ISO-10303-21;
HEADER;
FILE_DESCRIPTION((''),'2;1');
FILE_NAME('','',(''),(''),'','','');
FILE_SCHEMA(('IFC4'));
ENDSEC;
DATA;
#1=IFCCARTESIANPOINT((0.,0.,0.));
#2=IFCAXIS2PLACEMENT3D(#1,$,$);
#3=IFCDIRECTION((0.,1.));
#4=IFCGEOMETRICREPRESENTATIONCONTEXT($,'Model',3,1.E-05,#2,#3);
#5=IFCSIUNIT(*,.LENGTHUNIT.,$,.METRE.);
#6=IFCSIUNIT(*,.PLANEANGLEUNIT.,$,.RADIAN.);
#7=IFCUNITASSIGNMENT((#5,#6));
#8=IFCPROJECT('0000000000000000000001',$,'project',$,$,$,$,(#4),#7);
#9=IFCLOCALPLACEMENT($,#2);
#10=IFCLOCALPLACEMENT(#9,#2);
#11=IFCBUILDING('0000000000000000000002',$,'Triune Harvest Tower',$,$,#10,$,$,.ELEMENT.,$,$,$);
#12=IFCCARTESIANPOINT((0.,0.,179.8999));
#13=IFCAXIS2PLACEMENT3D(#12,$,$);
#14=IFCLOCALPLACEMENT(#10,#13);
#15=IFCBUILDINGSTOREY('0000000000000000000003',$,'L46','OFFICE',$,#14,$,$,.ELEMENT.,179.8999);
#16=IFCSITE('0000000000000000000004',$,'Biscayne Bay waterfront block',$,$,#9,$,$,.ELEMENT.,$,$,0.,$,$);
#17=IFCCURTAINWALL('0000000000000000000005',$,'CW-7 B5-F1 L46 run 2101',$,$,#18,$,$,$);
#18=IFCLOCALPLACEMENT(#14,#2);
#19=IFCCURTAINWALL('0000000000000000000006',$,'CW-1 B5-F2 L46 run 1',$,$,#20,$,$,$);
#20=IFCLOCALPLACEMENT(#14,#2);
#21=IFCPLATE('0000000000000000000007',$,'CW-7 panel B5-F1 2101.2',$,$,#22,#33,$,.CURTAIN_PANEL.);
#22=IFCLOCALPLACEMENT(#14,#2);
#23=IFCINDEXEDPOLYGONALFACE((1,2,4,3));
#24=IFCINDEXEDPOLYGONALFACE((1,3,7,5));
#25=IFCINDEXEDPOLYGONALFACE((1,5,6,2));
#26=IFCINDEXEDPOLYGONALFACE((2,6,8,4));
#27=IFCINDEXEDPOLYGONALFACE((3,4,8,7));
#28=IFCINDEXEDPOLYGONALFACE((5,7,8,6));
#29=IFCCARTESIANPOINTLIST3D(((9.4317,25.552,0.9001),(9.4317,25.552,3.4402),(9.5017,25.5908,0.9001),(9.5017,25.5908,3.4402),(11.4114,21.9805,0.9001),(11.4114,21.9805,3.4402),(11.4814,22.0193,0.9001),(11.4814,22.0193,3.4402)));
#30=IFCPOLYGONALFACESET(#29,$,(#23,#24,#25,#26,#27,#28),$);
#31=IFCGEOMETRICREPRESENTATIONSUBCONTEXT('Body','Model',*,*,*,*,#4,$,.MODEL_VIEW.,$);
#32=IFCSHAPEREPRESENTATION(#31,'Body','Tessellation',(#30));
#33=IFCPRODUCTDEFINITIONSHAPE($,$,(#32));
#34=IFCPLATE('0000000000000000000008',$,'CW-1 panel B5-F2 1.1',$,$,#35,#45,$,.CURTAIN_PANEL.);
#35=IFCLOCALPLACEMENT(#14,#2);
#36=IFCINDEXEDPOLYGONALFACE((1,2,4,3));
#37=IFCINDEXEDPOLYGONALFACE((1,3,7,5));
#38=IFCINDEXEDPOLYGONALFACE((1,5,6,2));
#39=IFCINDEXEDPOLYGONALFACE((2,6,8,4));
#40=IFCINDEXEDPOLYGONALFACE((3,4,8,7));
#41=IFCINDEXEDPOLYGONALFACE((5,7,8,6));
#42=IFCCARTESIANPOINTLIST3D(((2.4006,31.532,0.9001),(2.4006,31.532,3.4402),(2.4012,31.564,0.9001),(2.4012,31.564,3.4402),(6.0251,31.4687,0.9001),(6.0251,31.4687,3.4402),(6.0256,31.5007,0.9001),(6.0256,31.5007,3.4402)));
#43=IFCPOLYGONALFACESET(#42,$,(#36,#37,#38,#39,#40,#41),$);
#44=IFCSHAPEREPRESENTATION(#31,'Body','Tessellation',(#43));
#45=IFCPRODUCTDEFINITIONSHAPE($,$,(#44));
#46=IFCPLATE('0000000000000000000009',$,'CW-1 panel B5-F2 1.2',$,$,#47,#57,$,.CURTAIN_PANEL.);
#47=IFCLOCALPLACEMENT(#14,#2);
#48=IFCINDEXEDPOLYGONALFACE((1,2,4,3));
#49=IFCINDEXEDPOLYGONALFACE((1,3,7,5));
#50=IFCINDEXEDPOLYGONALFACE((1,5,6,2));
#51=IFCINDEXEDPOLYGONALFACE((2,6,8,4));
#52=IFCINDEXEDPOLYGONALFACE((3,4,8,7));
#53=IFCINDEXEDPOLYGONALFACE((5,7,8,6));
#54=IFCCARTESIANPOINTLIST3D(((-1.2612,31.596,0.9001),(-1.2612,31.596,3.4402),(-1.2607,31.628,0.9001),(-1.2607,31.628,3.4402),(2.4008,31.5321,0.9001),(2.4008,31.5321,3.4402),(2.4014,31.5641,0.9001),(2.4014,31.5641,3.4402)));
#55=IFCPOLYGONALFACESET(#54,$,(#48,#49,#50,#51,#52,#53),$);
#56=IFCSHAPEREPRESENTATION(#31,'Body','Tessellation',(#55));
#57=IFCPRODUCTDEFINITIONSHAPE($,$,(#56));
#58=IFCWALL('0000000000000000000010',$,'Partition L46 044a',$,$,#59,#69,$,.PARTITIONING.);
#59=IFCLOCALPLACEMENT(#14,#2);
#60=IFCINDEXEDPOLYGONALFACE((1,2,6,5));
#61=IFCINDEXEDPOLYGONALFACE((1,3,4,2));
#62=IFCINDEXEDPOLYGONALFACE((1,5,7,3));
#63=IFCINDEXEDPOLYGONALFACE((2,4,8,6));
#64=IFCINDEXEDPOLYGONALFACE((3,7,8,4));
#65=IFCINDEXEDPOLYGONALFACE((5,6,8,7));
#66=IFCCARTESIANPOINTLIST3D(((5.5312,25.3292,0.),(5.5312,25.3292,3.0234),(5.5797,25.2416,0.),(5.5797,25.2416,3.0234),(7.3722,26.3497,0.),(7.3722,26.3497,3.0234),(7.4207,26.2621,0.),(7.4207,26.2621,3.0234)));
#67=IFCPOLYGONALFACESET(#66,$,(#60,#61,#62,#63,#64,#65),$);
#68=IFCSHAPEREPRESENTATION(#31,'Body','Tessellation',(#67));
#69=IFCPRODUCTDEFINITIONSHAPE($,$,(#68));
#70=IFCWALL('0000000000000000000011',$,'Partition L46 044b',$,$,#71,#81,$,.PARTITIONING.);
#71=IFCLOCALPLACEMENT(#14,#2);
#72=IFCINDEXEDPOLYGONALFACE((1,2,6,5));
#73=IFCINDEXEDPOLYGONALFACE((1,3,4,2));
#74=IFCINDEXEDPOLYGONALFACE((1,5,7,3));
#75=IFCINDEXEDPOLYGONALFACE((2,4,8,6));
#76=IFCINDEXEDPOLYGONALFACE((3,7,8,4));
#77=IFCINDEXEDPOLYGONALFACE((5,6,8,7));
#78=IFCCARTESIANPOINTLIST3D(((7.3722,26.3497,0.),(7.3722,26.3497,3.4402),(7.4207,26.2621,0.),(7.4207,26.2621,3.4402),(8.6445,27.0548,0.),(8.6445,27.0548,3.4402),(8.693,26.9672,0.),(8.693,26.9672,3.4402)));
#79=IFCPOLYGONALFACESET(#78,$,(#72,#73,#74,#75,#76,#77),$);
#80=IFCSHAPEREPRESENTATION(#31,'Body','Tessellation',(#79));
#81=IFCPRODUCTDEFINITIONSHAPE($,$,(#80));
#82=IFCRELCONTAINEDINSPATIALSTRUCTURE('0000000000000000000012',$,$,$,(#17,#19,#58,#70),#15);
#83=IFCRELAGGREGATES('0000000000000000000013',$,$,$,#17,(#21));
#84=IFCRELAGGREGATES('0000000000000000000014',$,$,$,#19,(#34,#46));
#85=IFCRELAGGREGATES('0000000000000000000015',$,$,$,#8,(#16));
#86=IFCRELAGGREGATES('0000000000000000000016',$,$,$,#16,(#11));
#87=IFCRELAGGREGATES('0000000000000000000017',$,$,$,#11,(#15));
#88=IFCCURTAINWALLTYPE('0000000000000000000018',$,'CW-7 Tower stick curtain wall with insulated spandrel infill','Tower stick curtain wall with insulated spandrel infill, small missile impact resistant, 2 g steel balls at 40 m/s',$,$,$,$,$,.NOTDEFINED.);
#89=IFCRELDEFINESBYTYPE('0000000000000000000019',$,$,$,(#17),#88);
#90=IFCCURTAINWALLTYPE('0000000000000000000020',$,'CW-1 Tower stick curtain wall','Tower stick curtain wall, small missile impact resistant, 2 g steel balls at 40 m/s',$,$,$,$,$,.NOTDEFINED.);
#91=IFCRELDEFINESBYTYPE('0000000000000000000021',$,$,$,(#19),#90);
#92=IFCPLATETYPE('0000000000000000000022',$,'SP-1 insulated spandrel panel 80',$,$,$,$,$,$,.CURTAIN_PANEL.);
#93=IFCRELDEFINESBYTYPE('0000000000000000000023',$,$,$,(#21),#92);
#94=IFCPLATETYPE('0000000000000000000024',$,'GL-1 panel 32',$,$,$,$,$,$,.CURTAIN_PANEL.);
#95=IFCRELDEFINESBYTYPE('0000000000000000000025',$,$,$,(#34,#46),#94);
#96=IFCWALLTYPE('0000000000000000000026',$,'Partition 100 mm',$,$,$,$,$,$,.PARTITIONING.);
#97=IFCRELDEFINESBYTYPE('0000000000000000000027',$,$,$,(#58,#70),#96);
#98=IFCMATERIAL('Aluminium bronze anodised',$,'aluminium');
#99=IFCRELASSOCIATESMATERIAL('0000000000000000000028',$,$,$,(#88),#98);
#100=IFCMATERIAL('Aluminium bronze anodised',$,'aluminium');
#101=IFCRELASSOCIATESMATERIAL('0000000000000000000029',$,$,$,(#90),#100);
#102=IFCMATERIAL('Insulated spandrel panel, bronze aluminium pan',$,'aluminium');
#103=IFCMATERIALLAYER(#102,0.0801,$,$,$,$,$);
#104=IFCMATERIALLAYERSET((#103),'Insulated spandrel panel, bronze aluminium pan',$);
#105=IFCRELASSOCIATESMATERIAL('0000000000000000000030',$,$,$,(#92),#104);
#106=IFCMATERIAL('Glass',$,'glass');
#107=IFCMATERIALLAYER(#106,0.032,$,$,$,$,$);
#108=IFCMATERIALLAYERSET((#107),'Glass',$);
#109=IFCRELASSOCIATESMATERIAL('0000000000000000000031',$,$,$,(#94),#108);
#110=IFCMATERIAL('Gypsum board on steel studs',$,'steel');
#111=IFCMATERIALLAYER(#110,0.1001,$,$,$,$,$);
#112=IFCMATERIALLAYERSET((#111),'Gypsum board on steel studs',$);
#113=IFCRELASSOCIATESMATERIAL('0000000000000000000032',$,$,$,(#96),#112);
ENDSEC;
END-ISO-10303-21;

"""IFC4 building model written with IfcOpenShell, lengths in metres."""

from ifc_helpers import new_model, si_unit, direction, frame, frame_2d, origin, origin_2d, place, context, subcontext, project, spatial, rectangle, extrude, source, transform, mapped, material, layer, layer_set, type_object, element, aggregate, save


model = new_model("IFC4")

# Units and contexts
model_context = context("Model", 3, precision=1e-05, world=origin(), true_north=direction((0.0, 1.0)))
body_context = subcontext(model_context, "Body", "Model", "MODEL_VIEW")
ifc_project = project(units=[si_unit("LENGTHUNIT", "METRE"), si_unit("PLANEANGLEUNIT", "RADIAN")], contexts=[model_context])

# Site, building, storey
site_placement = place(None, origin())
site = spatial("IfcSite", under=ifc_project, at=site_placement, Name="Biscayne Bay waterfront block", CompositionType="ELEMENT", RefElevation=0.0)
building_placement = place(site_placement, origin())
building = spatial("IfcBuilding", under=site, at=building_placement, Name="Triune Harvest Tower", CompositionType="ELEMENT")
storey_placement = place(building_placement, frame((0.0, 0.0, 179.8999)))
storey = spatial("IfcBuildingStorey", under=building, at=storey_placement, Name="L46", Description="OFFICE", CompositionType="ELEMENT", Elevation=179.8999)

# Curtain wall
ifc_material_1 = material(Name="Aluminium bronze anodised", Category="aluminium")
curtain_wall_type_1 = type_object("IfcCurtainWallType", Name="CW-7 Tower stick curtain wall with insulated spandrel infill", Description="Tower stick curtain wall with insulated spandrel infill, small missile impact resistant, 2 g steel balls at 40 m/s", PredefinedType="NOTDEFINED", material=ifc_material_1)
curtain_wall_1_placement = place(storey_placement, origin())
curtain_wall_1 = element("IfcCurtainWall", 1, at=curtain_wall_1_placement, inside=storey, type_object=curtain_wall_type_1, Name="CW-7 B5-F1 L46 run 2101")

# Curtain wall
ifc_material_2 = material(Name="Aluminium bronze anodised", Category="aluminium")
curtain_wall_type_2 = type_object("IfcCurtainWallType", Name="CW-1 Tower stick curtain wall", Description="Tower stick curtain wall, small missile impact resistant, 2 g steel balls at 40 m/s", PredefinedType="NOTDEFINED", material=ifc_material_2)
curtain_wall_2_placement = place(storey_placement, origin())
curtain_wall_2 = element("IfcCurtainWall", 2, at=curtain_wall_2_placement, inside=storey, type_object=curtain_wall_type_2, Name="CW-1 B5-F2 L46 run 1")

# Plates
ifc_material_3 = material(Name="Insulated spandrel panel, bronze aluminium pan", Category="aluminium")
ifc_layer_1 = layer(ifc_material_3, 0.0801)
ifc_layer_set_1 = layer_set([ifc_layer_1], Name="Insulated spandrel panel, bronze aluminium pan")
plate_type_1 = type_object("IfcPlateType", Name="SP-1 insulated spandrel panel 80", PredefinedType="CURTAIN_PANEL", material=ifc_layer_set_1)
shared_shape_1 = source(origin(), body_context, "Body", "SweptSolid", [
    extrude(rectangle(XDim=4.0835, YDim=0.0801, at=origin_2d()), origin(), (0.0, 0.0, 1.0), 2.54),
])
plate_1_placement = place(storey_placement, frame((10.4565, 23.7856, 0.9001), z_axis=(0.0, 0.0, 1.0), x_axis=(-0.48481, 0.874619, 0.0)))
plate_1 = element("IfcPlate", 3, at=plate_1_placement, type_object=plate_type_1, Name="CW-7 panel B5-F1 2101.2", PredefinedType="CURTAIN_PANEL", context=body_context, shape_type="MappedRepresentation", body=[
    mapped(shared_shape_1, transform((0.0, 0.0, 0.0), scale=1.0)),
])
aggregate(curtain_wall_1, [plate_1])
ifc_material_4 = material(Name="Glass", Category="glass")
ifc_layer_2 = layer(ifc_material_4, 0.032)
ifc_layer_set_2 = layer_set([ifc_layer_2], Name="Glass")
plate_type_2 = type_object("IfcPlateType", Name="GL-1 panel 32", PredefinedType="CURTAIN_PANEL", material=ifc_layer_set_2)
shared_shape_2 = source(origin(), body_context, "Body", "SweptSolid", [
    extrude(rectangle(XDim=3.625, YDim=0.032, at=origin_2d()), origin(), (0.0, 0.0, 1.0), 2.54),
])
plate_2_placement = place(storey_placement, frame((4.2131, 31.5164, 0.9001), z_axis=(0.0, 0.0, 1.0), x_axis=(-0.999848, 0.017446, 0.0)))
plate_2 = element("IfcPlate", 4, at=plate_2_placement, type_object=plate_type_2, Name="CW-1 panel B5-F2 1.1", PredefinedType="CURTAIN_PANEL", context=body_context, shape_type="MappedRepresentation", body=[
    mapped(shared_shape_2, transform((0.0, 0.0, 0.0), scale=1.0)),
])
shared_shape_3 = source(origin(), body_context, "Body", "SweptSolid", [
    extrude(rectangle(XDim=3.6626, YDim=0.032, at=origin_2d()), origin(), (0.0, 0.0, 1.0), 2.54),
])
plate_3_placement = place(storey_placement, frame((0.5701, 31.5801, 0.9001), z_axis=(0.0, 0.0, 1.0), x_axis=(-0.999848, 0.017446, 0.0)))
plate_3 = element("IfcPlate", 5, at=plate_3_placement, type_object=plate_type_2, Name="CW-1 panel B5-F2 1.2", PredefinedType="CURTAIN_PANEL", context=body_context, shape_type="MappedRepresentation", body=[
    mapped(shared_shape_3, transform((0.0, 0.0, 0.0), scale=1.0)),
])
aggregate(curtain_wall_2, [plate_2, plate_3])

# Walls
ifc_material_5 = material(Name="Gypsum board on steel studs", Category="steel")
ifc_layer_3 = layer(ifc_material_5, 0.1001)
ifc_layer_set_3 = layer_set([ifc_layer_3], Name="Gypsum board on steel studs")
wall_type = type_object("IfcWallType", Name="Partition 100 mm", PredefinedType="PARTITIONING", material=ifc_layer_set_3)
wall_1_placement = place(storey_placement, frame((5.5554, 25.2854, 0.0), z_axis=(0.0, 0.0, 1.0), x_axis=(0.874622, 0.484806, 0.0)))
element("IfcWall", 6, at=wall_1_placement, inside=storey, type_object=wall_type, Name="Partition L46 044a", PredefinedType="PARTITIONING", context=body_context, shape_type="SweptSolid", body=[
    extrude(rectangle(XDim=2.105, YDim=0.1001, at=frame_2d((1.0525, 0.0))), origin(), (0.0, 0.0, 1.0), 3.0234),
])
wall_2_placement = place(storey_placement, frame((7.3965, 26.3059, 0.0), z_axis=(0.0, 0.0, 1.0), x_axis=(0.874656, 0.484745, 0.0)))
element("IfcWall", 7, at=wall_2_placement, inside=storey, type_object=wall_type, Name="Partition L46 044b", PredefinedType="PARTITIONING", context=body_context, shape_type="SweptSolid", body=[
    extrude(rectangle(XDim=1.4546, YDim=0.1001, at=frame_2d((0.7273, 0.0))), origin(), (0.0, 0.0, 1.0), 3.4402),
])

save(model, "model.ifc")
